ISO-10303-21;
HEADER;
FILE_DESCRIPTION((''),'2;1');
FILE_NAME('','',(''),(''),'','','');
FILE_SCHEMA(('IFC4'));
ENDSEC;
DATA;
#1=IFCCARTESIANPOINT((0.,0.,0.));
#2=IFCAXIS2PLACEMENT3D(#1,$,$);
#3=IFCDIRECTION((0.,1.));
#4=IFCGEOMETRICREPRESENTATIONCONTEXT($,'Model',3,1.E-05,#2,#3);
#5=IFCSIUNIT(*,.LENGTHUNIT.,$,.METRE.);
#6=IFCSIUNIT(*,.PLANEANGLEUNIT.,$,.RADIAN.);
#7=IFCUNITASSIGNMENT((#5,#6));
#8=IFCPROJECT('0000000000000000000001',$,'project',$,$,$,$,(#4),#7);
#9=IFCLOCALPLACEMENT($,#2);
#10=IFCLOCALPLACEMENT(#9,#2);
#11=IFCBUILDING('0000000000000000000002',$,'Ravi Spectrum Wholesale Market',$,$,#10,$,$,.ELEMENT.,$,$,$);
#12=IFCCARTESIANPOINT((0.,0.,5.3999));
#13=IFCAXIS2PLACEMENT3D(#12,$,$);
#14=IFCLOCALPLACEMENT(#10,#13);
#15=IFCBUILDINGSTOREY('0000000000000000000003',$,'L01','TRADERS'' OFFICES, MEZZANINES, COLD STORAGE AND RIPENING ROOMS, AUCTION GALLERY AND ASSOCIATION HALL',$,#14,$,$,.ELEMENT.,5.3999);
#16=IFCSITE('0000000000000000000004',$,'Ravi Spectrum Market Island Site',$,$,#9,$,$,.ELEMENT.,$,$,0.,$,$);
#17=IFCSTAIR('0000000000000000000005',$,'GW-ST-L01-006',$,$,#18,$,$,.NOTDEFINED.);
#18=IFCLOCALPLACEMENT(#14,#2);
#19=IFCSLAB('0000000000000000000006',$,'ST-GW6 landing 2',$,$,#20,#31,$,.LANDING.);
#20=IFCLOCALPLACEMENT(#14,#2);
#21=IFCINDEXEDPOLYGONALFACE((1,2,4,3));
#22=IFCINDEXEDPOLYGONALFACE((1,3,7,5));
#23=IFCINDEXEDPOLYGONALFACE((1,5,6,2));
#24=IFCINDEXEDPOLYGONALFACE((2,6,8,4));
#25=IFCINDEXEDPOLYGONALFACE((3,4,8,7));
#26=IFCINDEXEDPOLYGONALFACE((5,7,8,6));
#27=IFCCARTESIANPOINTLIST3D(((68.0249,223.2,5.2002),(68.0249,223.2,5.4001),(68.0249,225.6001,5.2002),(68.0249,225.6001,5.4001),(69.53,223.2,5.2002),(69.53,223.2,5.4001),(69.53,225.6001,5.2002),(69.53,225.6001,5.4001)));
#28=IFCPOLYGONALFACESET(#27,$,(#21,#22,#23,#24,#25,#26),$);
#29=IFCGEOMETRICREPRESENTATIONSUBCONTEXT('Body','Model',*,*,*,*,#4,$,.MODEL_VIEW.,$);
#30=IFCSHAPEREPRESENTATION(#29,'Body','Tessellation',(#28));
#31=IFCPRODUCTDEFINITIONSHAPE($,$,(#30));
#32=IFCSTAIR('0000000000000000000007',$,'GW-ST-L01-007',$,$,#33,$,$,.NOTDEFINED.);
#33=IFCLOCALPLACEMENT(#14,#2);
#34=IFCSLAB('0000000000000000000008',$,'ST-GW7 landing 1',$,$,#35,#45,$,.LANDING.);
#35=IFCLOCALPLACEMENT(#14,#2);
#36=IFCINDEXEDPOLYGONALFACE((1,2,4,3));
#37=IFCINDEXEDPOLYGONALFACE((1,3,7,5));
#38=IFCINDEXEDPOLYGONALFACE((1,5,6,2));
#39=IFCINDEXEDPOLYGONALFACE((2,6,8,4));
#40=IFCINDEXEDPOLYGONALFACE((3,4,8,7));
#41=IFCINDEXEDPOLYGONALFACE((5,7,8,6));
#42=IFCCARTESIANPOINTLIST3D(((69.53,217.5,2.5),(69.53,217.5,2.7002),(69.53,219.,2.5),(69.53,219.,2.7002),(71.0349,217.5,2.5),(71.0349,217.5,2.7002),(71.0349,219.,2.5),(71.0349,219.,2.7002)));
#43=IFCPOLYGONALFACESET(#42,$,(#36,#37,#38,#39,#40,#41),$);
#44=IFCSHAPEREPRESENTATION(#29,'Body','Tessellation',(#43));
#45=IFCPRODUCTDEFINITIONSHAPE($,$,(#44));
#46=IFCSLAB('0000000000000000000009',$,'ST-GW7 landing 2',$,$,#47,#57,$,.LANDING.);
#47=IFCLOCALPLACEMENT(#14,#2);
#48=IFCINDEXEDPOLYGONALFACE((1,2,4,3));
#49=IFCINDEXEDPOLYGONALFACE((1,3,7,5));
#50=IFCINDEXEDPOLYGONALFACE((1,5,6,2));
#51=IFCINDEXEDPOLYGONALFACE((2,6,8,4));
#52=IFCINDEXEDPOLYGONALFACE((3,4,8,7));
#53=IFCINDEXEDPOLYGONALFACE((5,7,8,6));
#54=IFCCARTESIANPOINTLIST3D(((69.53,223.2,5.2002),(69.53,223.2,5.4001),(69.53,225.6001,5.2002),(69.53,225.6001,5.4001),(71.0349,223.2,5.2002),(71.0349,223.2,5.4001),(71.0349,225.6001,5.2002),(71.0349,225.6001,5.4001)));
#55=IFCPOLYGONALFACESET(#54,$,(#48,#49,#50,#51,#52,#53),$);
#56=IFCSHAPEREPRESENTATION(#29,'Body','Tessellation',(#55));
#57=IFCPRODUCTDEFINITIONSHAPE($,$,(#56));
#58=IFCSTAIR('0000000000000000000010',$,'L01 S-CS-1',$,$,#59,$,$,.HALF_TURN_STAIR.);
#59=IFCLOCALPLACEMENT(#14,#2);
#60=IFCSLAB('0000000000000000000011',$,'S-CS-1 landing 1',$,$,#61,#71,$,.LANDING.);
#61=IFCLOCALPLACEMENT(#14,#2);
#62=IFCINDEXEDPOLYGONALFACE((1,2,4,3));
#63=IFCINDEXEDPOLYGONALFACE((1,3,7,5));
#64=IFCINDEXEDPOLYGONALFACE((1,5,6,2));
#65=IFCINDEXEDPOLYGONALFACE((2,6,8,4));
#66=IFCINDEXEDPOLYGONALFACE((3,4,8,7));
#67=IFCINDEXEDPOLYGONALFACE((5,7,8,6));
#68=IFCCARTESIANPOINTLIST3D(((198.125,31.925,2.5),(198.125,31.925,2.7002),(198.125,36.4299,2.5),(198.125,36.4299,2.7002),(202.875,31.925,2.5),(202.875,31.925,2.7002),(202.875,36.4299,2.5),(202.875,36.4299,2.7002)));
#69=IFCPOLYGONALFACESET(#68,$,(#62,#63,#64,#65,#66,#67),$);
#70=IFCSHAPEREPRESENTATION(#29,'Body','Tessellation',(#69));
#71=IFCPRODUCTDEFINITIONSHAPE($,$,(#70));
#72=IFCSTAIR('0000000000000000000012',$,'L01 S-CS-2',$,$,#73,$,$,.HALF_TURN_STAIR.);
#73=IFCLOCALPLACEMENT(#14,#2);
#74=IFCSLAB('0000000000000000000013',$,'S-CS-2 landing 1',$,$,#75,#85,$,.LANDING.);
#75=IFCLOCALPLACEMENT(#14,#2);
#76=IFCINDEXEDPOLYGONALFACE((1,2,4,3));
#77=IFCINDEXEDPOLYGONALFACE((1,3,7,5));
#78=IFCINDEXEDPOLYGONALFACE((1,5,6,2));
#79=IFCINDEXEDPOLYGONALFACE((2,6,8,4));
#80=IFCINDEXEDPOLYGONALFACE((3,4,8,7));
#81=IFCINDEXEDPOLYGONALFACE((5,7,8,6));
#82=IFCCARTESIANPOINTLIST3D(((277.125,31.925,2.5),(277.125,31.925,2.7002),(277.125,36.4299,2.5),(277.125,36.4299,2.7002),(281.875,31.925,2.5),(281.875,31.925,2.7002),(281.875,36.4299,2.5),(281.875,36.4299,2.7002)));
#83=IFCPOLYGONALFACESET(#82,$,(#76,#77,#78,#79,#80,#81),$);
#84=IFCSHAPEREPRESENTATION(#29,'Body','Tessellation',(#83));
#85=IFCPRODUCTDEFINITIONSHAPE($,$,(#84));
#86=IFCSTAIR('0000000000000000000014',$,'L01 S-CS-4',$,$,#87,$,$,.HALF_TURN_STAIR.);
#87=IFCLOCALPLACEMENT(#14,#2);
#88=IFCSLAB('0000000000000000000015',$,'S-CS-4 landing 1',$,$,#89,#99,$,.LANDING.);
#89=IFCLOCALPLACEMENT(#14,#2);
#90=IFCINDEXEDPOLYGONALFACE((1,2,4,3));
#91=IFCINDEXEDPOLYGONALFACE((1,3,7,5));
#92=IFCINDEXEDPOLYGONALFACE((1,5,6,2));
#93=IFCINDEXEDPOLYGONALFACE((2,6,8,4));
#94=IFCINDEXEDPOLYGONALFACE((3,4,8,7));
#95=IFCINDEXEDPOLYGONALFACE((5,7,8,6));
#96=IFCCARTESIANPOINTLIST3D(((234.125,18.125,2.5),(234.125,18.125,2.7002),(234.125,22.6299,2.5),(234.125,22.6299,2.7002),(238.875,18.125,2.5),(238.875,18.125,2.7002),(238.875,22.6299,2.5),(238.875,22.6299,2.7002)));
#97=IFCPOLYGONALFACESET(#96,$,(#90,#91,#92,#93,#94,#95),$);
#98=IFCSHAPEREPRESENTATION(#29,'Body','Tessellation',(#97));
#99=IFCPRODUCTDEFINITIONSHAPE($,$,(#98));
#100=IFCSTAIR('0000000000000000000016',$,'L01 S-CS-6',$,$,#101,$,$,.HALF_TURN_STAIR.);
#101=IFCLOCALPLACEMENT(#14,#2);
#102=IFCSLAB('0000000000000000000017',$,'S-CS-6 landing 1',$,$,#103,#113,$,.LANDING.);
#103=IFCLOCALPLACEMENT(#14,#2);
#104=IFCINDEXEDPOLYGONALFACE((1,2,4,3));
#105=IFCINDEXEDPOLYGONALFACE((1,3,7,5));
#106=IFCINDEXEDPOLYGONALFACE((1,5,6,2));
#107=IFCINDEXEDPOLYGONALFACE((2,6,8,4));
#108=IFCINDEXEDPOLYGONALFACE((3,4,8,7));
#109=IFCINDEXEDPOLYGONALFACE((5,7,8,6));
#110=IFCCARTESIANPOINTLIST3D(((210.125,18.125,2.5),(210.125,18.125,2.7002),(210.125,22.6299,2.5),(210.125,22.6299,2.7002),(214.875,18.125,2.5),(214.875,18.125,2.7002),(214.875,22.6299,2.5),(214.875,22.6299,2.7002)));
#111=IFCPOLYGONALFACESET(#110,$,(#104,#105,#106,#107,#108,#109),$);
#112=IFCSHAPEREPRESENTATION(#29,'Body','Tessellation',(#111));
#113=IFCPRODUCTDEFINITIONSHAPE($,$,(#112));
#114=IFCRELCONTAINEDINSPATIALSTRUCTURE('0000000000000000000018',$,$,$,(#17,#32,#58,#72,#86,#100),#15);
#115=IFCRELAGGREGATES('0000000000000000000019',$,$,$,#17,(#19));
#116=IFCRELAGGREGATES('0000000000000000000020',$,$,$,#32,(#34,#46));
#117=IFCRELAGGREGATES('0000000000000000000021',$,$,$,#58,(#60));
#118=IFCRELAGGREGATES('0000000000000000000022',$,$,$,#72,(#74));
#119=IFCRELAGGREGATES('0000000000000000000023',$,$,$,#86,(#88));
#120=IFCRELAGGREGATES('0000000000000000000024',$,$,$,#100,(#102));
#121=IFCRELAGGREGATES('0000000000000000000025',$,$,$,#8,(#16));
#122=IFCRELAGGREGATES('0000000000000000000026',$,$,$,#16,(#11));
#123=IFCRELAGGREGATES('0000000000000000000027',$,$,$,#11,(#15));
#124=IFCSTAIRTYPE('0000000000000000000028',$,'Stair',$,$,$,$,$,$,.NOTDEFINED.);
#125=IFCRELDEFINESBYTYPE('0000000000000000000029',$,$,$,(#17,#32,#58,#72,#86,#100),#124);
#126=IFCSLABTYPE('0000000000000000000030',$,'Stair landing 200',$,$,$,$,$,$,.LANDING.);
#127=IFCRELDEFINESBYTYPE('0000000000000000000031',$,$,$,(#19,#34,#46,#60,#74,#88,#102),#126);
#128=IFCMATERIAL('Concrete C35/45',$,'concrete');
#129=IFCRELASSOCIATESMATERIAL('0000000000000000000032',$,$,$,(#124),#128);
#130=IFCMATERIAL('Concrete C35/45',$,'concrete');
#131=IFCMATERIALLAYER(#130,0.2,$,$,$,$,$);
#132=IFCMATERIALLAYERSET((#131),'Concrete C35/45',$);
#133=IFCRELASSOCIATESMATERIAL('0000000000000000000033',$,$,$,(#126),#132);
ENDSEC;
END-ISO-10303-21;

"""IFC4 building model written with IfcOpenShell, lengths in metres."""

from ifc_helpers import new_model, si_unit, direction, frame, origin, place, context, subcontext, project, spatial, polyline, outline, extrude, material, layer, layer_set, type_object, element, aggregate, save


model = new_model("IFC4")

# Units and contexts
model_context = context("Model", 3, precision=1e-05, world=origin(), true_north=direction((0.0, 1.0)))
body_context = subcontext(model_context, "Body", "Model", "MODEL_VIEW")
ifc_project = project(units=[si_unit("LENGTHUNIT", "METRE"), si_unit("PLANEANGLEUNIT", "RADIAN")], contexts=[model_context])

# Site, building, storey
site_placement = place(None, origin())
site = spatial("IfcSite", under=ifc_project, at=site_placement, Name="Ravi Spectrum Market Island Site", CompositionType="ELEMENT", RefElevation=0.0)
building_placement = place(site_placement, origin())
building = spatial("IfcBuilding", under=site, at=building_placement, Name="Ravi Spectrum Wholesale Market", CompositionType="ELEMENT")
storey_placement = place(building_placement, frame((0.0, 0.0, 5.3999)))
storey = spatial("IfcBuildingStorey", under=building, at=storey_placement, Name="L01", Description="TRADERS' OFFICES, MEZZANINES, COLD STORAGE AND RIPENING ROOMS, AUCTION GALLERY AND ASSOCIATION HALL", CompositionType="ELEMENT", Elevation=5.3999)

# Shared definitions
ifc_material_1 = material(Name="Concrete C35/45", Category="concrete")
stair_type = type_object("IfcStairType", Name="Stair", PredefinedType="NOTDEFINED", material=ifc_material_1)
ifc_material_2 = material(Name="Concrete C35/45", Category="concrete")
ifc_layer_1 = layer(ifc_material_2, 0.2)
ifc_layer_set_1 = layer_set([ifc_layer_1], Name="Concrete C35/45")
slab_type_1 = type_object("IfcSlabType", Name="Stair landing 200", PredefinedType="LANDING", material=ifc_layer_set_1)

# Stairs, slabs
stair_1_placement = place(storey_placement, origin())
stair_1 = element("IfcStair", 1, at=stair_1_placement, inside=storey, type_object=stair_type, Name="GW-ST-L01-006", PredefinedType="NOTDEFINED")
slab_1_placement = place(storey_placement, frame((0.0, 0.0, 5.2002)))
slab_1 = element("IfcSlab", 2, at=slab_1_placement, type_object=slab_type_1, Name="ST-GW6 landing 2", PredefinedType="LANDING", context=body_context, shape_type="SweptSolid", body=[
    extrude(outline(polyline([(68.0249, 223.2), (69.53, 223.2), (69.53, 225.6001), (68.0249, 225.6001), (68.0249, 223.2)])), origin(), (0.0, 0.0, 1.0), 0.2),
])
aggregate(stair_1, [slab_1])
stair_2_placement = place(storey_placement, origin())
stair_2 = element("IfcStair", 3, at=stair_2_placement, inside=storey, type_object=stair_type, Name="GW-ST-L01-007", PredefinedType="NOTDEFINED")
slab_2_placement = place(storey_placement, frame((0.0, 0.0, 2.5)))
slab_2 = element("IfcSlab", 4, at=slab_2_placement, type_object=slab_type_1, Name="ST-GW7 landing 1", PredefinedType="LANDING", context=body_context, shape_type="SweptSolid", body=[
    extrude(outline(polyline([(69.53, 217.5), (71.0349, 217.5), (71.0349, 219.0), (69.53, 219.0), (69.53, 217.5)])), origin(), (0.0, 0.0, 1.0), 0.2002),
])
slab_3_placement = place(storey_placement, frame((0.0, 0.0, 5.2002)))
slab_3 = element("IfcSlab", 5, at=slab_3_placement, type_object=slab_type_1, Name="ST-GW7 landing 2", PredefinedType="LANDING", context=body_context, shape_type="SweptSolid", body=[
    extrude(outline(polyline([(69.53, 223.2), (71.0349, 223.2), (71.0349, 225.6001), (69.53, 225.6001), (69.53, 223.2)])), origin(), (0.0, 0.0, 1.0), 0.2),
])
aggregate(stair_2, [slab_2, slab_3])

# Stairs, slabs
stair_3_placement = place(storey_placement, origin())
stair_3 = element("IfcStair", 6, at=stair_3_placement, inside=storey, type_object=stair_type, Name="L01 S-CS-1", PredefinedType="HALF_TURN_STAIR")
slab_4_placement = place(storey_placement, frame((0.0, 0.0, 2.5)))
slab_4 = element("IfcSlab", 7, at=slab_4_placement, type_object=slab_type_1, Name="S-CS-1 landing 1", PredefinedType="LANDING", context=body_context, shape_type="SweptSolid", body=[
    extrude(outline(polyline([(198.125, 36.4299), (198.125, 31.925), (202.875, 31.925), (202.875, 36.4299), (198.125, 36.4299)])), origin(), (0.0, 0.0, 1.0), 0.2002),
])
aggregate(stair_3, [slab_4])
stair_4_placement = place(storey_placement, origin())
stair_4 = element("IfcStair", 8, at=stair_4_placement, inside=storey, type_object=stair_type, Name="L01 S-CS-2", PredefinedType="HALF_TURN_STAIR")
slab_5_placement = place(storey_placement, frame((0.0, 0.0, 2.5)))
slab_5 = element("IfcSlab", 9, at=slab_5_placement, type_object=slab_type_1, Name="S-CS-2 landing 1", PredefinedType="LANDING", context=body_context, shape_type="SweptSolid", body=[
    extrude(outline(polyline([(277.125, 36.4299), (277.125, 31.925), (281.875, 31.925), (281.875, 36.4299), (277.125, 36.4299)])), origin(), (0.0, 0.0, 1.0), 0.2002),
])
aggregate(stair_4, [slab_5])
stair_5_placement = place(storey_placement, origin())
stair_5 = element("IfcStair", 10, at=stair_5_placement, inside=storey, type_object=stair_type, Name="L01 S-CS-4", PredefinedType="HALF_TURN_STAIR")
slab_6_placement = place(storey_placement, frame((0.0, 0.0, 2.5)))
slab_6 = element("IfcSlab", 11, at=slab_6_placement, type_object=slab_type_1, Name="S-CS-4 landing 1", PredefinedType="LANDING", context=body_context, shape_type="SweptSolid", body=[
    extrude(outline(polyline([(234.125, 22.6299), (234.125, 18.125), (238.875, 18.125), (238.875, 22.6299), (234.125, 22.6299)])), origin(), (0.0, 0.0, 1.0), 0.2002),
])
aggregate(stair_5, [slab_6])
stair_6_placement = place(storey_placement, origin())
stair_6 = element("IfcStair", 12, at=stair_6_placement, inside=storey, type_object=stair_type, Name="L01 S-CS-6", PredefinedType="HALF_TURN_STAIR")
slab_7_placement = place(storey_placement, frame((0.0, 0.0, 2.5)))
slab_7 = element("IfcSlab", 13, at=slab_7_placement, type_object=slab_type_1, Name="S-CS-6 landing 1", PredefinedType="LANDING", context=body_context, shape_type="SweptSolid", body=[
    extrude(outline(polyline([(210.125, 22.6299), (210.125, 18.125), (214.875, 18.125), (214.875, 22.6299), (210.125, 22.6299)])), origin(), (0.0, 0.0, 1.0), 0.2002),
])
aggregate(stair_6, [slab_7])

save(model, "model.ifc")
